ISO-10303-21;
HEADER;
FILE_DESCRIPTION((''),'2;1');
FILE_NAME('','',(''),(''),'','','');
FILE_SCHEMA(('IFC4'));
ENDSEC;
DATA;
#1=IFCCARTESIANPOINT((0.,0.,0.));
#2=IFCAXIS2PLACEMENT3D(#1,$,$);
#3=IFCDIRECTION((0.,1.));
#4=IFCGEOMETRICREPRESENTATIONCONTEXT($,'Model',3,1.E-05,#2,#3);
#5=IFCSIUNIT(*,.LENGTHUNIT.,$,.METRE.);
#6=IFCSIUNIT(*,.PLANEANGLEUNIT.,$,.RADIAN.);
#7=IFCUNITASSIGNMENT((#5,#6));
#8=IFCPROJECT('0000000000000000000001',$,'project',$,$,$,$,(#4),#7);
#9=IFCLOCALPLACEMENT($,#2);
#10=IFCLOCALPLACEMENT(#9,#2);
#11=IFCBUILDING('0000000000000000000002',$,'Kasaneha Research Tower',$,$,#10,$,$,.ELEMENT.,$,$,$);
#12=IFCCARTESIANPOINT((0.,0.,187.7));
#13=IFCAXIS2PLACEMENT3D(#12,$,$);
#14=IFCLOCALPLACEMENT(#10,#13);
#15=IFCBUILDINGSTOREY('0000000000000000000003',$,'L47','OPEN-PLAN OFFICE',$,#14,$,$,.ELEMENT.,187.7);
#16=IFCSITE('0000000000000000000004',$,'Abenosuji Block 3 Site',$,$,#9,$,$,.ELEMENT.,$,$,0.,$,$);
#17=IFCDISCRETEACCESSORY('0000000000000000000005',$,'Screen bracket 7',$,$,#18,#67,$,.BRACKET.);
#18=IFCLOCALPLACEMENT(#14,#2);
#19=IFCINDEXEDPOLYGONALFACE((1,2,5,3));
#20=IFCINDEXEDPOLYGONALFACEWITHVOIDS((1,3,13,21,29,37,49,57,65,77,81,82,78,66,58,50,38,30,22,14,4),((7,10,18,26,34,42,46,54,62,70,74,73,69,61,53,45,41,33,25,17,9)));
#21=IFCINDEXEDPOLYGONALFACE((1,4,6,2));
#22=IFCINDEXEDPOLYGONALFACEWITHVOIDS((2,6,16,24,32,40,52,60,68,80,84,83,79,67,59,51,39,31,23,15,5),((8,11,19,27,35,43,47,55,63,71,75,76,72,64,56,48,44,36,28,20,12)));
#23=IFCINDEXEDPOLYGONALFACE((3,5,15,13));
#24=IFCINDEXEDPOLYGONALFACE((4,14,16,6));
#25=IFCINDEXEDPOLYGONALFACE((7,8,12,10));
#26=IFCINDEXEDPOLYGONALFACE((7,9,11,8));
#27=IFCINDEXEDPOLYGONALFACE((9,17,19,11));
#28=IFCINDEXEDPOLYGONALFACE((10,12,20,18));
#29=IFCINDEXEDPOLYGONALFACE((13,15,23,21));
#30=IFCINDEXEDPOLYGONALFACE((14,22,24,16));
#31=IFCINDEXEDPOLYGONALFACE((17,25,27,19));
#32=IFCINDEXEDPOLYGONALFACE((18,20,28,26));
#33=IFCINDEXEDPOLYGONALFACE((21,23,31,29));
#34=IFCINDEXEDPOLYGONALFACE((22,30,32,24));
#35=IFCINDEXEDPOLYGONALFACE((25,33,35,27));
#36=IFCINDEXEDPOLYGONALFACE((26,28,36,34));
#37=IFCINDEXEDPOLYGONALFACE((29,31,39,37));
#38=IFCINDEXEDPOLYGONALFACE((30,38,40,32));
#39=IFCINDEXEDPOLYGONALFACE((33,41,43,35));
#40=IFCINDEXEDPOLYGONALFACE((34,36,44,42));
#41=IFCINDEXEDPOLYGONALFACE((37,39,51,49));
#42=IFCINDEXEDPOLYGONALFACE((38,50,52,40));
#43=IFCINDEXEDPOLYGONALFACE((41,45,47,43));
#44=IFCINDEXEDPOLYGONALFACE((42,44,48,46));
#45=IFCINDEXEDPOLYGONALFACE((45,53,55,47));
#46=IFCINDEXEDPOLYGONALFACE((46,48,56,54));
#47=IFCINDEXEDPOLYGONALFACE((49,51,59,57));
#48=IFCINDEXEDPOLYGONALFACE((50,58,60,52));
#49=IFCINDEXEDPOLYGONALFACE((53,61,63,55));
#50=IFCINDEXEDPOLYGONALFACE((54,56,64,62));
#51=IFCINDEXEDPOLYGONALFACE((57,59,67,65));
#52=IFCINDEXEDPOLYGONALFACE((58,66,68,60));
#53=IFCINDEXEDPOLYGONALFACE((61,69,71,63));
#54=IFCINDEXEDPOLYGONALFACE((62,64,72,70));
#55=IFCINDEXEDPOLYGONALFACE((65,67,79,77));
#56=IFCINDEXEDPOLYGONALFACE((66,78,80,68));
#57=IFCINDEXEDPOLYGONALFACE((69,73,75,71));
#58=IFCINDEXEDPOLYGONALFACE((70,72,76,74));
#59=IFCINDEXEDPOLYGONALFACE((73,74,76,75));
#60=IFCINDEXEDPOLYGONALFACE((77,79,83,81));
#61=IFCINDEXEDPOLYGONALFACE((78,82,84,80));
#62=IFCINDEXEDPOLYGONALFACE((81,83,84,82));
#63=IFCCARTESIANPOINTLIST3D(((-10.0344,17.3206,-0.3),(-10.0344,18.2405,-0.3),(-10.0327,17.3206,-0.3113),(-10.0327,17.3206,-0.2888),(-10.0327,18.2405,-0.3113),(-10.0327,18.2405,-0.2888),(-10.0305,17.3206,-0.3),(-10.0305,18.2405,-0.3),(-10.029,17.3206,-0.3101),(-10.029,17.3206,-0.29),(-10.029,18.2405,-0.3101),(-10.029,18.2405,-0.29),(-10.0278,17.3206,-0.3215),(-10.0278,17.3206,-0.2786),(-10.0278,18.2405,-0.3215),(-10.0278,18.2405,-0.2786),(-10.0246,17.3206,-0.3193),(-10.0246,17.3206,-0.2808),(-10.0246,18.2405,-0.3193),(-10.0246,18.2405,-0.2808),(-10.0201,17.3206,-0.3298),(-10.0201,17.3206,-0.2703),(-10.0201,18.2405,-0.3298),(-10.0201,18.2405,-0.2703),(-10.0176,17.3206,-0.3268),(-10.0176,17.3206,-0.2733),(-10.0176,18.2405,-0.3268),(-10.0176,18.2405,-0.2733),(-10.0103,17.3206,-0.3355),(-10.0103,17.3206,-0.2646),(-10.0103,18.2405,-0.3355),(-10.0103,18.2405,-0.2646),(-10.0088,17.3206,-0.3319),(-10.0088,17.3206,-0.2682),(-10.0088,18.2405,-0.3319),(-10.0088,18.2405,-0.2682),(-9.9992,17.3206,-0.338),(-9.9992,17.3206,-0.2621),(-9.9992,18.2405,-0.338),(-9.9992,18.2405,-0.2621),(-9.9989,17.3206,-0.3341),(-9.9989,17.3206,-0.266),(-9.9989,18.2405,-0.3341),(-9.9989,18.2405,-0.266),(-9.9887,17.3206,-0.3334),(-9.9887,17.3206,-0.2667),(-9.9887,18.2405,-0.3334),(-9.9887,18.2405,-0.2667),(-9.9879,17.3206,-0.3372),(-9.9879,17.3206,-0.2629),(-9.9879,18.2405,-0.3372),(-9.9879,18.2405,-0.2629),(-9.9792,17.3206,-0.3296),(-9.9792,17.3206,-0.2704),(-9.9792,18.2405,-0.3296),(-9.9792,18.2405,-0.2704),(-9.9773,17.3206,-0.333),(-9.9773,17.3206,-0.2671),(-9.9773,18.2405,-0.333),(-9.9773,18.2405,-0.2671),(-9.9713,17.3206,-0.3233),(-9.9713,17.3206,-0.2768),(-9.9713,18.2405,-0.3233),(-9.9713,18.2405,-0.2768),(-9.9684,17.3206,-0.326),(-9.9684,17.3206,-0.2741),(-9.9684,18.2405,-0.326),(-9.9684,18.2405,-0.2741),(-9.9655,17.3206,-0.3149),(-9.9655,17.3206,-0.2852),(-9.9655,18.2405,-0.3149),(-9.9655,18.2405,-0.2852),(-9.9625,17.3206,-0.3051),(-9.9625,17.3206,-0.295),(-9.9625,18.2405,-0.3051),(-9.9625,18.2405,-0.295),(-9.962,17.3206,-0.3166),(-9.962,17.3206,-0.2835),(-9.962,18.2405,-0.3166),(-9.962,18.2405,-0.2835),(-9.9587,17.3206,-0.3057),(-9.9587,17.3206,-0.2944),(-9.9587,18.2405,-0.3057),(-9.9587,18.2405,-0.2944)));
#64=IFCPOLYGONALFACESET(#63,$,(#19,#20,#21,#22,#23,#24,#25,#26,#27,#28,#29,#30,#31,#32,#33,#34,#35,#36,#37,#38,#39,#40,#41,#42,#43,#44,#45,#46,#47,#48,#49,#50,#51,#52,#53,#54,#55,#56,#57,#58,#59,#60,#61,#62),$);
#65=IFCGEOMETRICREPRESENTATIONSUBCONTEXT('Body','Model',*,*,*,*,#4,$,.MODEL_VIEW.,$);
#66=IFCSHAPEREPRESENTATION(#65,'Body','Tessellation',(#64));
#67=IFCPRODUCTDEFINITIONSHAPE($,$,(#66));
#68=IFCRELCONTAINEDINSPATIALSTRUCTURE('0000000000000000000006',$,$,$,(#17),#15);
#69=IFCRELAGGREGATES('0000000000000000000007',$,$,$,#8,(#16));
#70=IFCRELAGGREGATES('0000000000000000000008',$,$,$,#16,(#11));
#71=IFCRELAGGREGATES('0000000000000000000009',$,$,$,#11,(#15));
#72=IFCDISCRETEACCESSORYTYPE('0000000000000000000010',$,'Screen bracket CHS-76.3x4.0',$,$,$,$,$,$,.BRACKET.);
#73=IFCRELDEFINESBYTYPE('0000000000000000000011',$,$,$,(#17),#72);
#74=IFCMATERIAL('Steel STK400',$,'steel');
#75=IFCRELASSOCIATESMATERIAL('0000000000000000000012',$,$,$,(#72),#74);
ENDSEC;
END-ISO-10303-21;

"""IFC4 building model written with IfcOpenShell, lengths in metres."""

from ifc_helpers import new_model, si_unit, direction, frame, origin, origin_2d, place, context, subcontext, project, spatial, hollow_circle, extrude, material, material_profile, profile_set, type_object, element, save


model = new_model("IFC4")

# Units and contexts
model_context = context("Model", 3, precision=1e-05, world=origin(), true_north=direction((0.0, 1.0)))
body_context = subcontext(model_context, "Body", "Model", "MODEL_VIEW")
ifc_project = project(units=[si_unit("LENGTHUNIT", "METRE"), si_unit("PLANEANGLEUNIT", "RADIAN")], contexts=[model_context])

# Site, building, storey
site_placement = place(None, origin())
site = spatial("IfcSite", under=ifc_project, at=site_placement, Name="Abenosuji Block 3 Site", CompositionType="ELEMENT", RefElevation=0.0)
building_placement = place(site_placement, origin())
building = spatial("IfcBuilding", under=site, at=building_placement, Name="Kasaneha Research Tower", CompositionType="ELEMENT")
storey_placement = place(building_placement, frame((0.0, 0.0, 187.7)))
storey = spatial("IfcBuildingStorey", under=building, at=storey_placement, Name="L47", Description="OPEN-PLAN OFFICE", CompositionType="ELEMENT", Elevation=187.7)

# Discrete accessory
ifc_material_1 = material(Name="Steel STK400", Category="steel")
ifc_material_profile_1 = material_profile(ifc_material_1, hollow_circle(Radius=0.0381, WallThickness=0.0039, at=origin_2d()), Name="CHS-76.3x4.0")
ifc_profile_set_1 = profile_set([ifc_material_profile_1], Name="Steel STK400")
discrete_accessory_type = type_object("IfcDiscreteAccessoryType", Name="Screen bracket CHS-76.3x4.0", PredefinedType="BRACKET", material=ifc_profile_set_1)
for number, where, z_axis, x_axis, name in (
    (1, (-9.9963, 17.3206, -0.3), (0.0, 1.0, 0.0), (-1.0, 0.0, 0.0), "Screen bracket 7"),
):
    element("IfcDiscreteAccessory", number, at=place(storey_placement, frame(where, z_axis=z_axis, x_axis=x_axis)), inside=storey, type_object=discrete_accessory_type, Name=name, PredefinedType="BRACKET", context=body_context, shape_type="SweptSolid", body=[
        extrude(hollow_circle(Radius=0.0381, WallThickness=0.0039, at=origin_2d()), origin(), (0.0, 0.0, 1.0), 0.9199),
    ])

save(model, "model.ifc")
